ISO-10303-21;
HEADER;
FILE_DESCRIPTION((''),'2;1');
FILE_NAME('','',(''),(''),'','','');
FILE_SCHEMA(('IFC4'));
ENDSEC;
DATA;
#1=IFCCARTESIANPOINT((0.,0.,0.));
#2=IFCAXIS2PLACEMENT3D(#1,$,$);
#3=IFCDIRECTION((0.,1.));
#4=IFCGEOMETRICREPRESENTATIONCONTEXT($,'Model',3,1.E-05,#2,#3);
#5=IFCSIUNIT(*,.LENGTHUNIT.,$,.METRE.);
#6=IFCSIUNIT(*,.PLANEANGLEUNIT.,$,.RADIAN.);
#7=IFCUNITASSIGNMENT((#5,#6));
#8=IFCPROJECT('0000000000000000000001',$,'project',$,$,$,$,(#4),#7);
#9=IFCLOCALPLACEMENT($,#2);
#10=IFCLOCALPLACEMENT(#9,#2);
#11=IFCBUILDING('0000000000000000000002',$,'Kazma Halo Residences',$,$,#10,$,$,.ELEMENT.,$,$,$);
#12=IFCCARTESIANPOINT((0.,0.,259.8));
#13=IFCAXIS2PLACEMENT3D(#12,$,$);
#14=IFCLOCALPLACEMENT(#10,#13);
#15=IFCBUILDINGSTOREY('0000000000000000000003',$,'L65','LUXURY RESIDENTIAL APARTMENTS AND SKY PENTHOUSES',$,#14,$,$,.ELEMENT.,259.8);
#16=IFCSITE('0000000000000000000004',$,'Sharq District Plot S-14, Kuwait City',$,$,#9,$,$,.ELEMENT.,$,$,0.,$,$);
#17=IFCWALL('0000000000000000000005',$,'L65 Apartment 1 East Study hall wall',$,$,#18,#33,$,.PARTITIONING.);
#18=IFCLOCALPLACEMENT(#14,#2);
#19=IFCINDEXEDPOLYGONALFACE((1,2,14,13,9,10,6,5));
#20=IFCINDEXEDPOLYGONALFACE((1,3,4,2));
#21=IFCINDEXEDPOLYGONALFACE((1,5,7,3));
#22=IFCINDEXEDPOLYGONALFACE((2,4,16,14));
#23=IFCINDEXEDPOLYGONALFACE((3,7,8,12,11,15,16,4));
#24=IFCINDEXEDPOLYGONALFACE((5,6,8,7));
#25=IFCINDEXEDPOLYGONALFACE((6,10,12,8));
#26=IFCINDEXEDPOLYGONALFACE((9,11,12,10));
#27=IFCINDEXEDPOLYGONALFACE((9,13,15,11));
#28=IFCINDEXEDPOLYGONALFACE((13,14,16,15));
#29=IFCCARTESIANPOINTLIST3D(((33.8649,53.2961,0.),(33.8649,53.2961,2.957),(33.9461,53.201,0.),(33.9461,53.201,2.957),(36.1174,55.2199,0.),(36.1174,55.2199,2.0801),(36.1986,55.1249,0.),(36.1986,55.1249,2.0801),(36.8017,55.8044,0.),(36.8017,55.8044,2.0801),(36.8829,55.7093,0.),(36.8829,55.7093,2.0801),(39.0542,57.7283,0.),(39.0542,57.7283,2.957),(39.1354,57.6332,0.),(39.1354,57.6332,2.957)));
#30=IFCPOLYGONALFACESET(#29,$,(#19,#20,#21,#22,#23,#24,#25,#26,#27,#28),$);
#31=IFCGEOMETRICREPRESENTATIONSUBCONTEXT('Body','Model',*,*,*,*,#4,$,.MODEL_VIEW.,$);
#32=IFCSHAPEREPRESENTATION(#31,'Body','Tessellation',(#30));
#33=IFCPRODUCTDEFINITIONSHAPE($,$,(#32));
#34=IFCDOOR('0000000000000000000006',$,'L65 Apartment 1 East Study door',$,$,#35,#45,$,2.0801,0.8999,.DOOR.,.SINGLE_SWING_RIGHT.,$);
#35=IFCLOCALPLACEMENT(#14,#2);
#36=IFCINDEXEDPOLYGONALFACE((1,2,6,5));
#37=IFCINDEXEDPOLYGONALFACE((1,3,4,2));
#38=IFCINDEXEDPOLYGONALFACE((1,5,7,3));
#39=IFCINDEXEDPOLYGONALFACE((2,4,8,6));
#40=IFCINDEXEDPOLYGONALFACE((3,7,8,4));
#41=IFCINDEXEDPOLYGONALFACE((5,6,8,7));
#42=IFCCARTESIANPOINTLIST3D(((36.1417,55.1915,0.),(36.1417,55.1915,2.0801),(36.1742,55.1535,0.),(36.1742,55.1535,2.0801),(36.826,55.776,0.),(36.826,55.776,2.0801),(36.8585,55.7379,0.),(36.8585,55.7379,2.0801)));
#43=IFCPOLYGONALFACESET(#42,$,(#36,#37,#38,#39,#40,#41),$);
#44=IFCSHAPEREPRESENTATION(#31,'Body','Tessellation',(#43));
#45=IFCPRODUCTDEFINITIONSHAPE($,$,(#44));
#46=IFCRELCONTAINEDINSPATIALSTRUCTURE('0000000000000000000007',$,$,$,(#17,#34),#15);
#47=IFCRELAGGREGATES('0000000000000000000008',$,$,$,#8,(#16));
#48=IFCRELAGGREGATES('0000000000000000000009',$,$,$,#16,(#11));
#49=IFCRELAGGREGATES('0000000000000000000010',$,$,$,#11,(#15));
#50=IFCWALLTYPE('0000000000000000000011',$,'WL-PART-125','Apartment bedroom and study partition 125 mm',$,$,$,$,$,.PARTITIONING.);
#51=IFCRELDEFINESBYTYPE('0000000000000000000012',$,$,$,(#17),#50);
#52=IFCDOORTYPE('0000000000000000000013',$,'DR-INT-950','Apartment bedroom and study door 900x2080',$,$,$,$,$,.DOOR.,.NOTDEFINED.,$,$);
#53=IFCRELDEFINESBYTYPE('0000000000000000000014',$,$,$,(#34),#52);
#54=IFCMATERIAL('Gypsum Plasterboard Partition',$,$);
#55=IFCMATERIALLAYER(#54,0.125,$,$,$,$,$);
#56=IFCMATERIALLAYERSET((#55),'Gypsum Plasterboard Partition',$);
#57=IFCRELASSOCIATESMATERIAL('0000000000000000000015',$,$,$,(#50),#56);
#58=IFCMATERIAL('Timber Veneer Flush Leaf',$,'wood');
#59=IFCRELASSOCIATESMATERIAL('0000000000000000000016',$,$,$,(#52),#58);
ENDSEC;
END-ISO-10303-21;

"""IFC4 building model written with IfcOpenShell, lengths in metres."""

from ifc_helpers import new_model, si_unit, direction, frame, frame_2d, origin, place, context, subcontext, project, spatial, rectangle, extrude, material, layer, layer_set, type_object, element, fill, save


model = new_model("IFC4")

# Units and contexts
model_context = context("Model", 3, precision=1e-05, world=origin(), true_north=direction((0.0, 1.0)))
body_context = subcontext(model_context, "Body", "Model", "MODEL_VIEW")
ifc_project = project(units=[si_unit("LENGTHUNIT", "METRE"), si_unit("PLANEANGLEUNIT", "RADIAN")], contexts=[model_context])

# Site, building, storey
site_placement = place(None, origin())
site = spatial("IfcSite", under=ifc_project, at=site_placement, Name="Sharq District Plot S-14, Kuwait City", CompositionType="ELEMENT", RefElevation=0.0)
building_placement = place(site_placement, origin())
building = spatial("IfcBuilding", under=site, at=building_placement, Name="Kazma Halo Residences", CompositionType="ELEMENT")
storey_placement = place(building_placement, frame((0.0, 0.0, 259.8)))
storey = spatial("IfcBuildingStorey", under=building, at=storey_placement, Name="L65", Description="LUXURY RESIDENTIAL APARTMENTS AND SKY PENTHOUSES", CompositionType="ELEMENT", Elevation=259.8)

# Shared definitions
ifc_material_1 = material(Name="Gypsum Plasterboard Partition")
ifc_layer_1 = layer(ifc_material_1, 0.125)
ifc_layer_set_1 = layer_set([ifc_layer_1], Name="Gypsum Plasterboard Partition")
wall_type_1 = type_object("IfcWallType", Name="WL-PART-125", Description="Apartment bedroom and study partition 125 mm", PredefinedType="PARTITIONING", material=ifc_layer_set_1)

# Wall, opening, door
wall_1_placement = place(storey_placement, frame((39.0947, 57.6807, 0.0), z_axis=(0.0, 0.0, 1.0), x_axis=(-0.760397, -0.649459, 0.0)))
wall_1 = element("IfcWall", 1, at=wall_1_placement, inside=storey, type_object=wall_type_1, Name="L65 Apartment 1 East Study hall wall", PredefinedType="PARTITIONING", context=body_context, shape_type="SweptSolid", body=[
    extrude(rectangle(XDim=6.8245, YDim=0.125, at=frame_2d((3.4121, 0.0))), origin(), (0.0, 0.0, 1.0), 2.957),
])
opening_1_placement = place(wall_1_placement, frame((2.9622, 0.0, 0.0)))
opening_1 = element("IfcOpeningElement", 2, at=opening_1_placement, cuts=wall_1, PredefinedType="OPENING", context=body_context, shape_type="SweptSolid", body=[
    extrude(rectangle(XDim=0.8999, YDim=2.0801, at=frame_2d((0.45, 1.04))), frame((0.0, 0.0725, 0.0), z_axis=(0.0, -1.0, 0.0), x_axis=(1.0, 0.0, 0.0)), (0.0, 0.0, 1.0), 0.145),
])
ifc_material_2 = material(Name="Timber Veneer Flush Leaf", Category="wood")
door_type_1 = type_object("IfcDoorType", Name="DR-INT-950", Description="Apartment bedroom and study door 900x2080", OperationType="NOTDEFINED", PredefinedType="DOOR", material=ifc_material_2)
door_1_placement = place(opening_1_placement, origin())
door_1 = element("IfcDoor", 3, at=door_1_placement, inside=storey, type_object=door_type_1, Name="L65 Apartment 1 East Study door", OperationType="SINGLE_SWING_RIGHT", OverallHeight=2.0801, OverallWidth=0.8999, PredefinedType="DOOR", context=body_context, shape_type="SweptSolid", body=[
    extrude(rectangle(XDim=0.8999, YDim=2.0801, at=frame_2d((0.45, 1.04))), frame((0.0, 0.0249, 0.0), z_axis=(0.0, -1.0, 0.0), x_axis=(1.0, 0.0, 0.0)), (0.0, 0.0, 1.0), 0.05),
])
fill(opening_1, door_1)

save(model, "model.ifc")
